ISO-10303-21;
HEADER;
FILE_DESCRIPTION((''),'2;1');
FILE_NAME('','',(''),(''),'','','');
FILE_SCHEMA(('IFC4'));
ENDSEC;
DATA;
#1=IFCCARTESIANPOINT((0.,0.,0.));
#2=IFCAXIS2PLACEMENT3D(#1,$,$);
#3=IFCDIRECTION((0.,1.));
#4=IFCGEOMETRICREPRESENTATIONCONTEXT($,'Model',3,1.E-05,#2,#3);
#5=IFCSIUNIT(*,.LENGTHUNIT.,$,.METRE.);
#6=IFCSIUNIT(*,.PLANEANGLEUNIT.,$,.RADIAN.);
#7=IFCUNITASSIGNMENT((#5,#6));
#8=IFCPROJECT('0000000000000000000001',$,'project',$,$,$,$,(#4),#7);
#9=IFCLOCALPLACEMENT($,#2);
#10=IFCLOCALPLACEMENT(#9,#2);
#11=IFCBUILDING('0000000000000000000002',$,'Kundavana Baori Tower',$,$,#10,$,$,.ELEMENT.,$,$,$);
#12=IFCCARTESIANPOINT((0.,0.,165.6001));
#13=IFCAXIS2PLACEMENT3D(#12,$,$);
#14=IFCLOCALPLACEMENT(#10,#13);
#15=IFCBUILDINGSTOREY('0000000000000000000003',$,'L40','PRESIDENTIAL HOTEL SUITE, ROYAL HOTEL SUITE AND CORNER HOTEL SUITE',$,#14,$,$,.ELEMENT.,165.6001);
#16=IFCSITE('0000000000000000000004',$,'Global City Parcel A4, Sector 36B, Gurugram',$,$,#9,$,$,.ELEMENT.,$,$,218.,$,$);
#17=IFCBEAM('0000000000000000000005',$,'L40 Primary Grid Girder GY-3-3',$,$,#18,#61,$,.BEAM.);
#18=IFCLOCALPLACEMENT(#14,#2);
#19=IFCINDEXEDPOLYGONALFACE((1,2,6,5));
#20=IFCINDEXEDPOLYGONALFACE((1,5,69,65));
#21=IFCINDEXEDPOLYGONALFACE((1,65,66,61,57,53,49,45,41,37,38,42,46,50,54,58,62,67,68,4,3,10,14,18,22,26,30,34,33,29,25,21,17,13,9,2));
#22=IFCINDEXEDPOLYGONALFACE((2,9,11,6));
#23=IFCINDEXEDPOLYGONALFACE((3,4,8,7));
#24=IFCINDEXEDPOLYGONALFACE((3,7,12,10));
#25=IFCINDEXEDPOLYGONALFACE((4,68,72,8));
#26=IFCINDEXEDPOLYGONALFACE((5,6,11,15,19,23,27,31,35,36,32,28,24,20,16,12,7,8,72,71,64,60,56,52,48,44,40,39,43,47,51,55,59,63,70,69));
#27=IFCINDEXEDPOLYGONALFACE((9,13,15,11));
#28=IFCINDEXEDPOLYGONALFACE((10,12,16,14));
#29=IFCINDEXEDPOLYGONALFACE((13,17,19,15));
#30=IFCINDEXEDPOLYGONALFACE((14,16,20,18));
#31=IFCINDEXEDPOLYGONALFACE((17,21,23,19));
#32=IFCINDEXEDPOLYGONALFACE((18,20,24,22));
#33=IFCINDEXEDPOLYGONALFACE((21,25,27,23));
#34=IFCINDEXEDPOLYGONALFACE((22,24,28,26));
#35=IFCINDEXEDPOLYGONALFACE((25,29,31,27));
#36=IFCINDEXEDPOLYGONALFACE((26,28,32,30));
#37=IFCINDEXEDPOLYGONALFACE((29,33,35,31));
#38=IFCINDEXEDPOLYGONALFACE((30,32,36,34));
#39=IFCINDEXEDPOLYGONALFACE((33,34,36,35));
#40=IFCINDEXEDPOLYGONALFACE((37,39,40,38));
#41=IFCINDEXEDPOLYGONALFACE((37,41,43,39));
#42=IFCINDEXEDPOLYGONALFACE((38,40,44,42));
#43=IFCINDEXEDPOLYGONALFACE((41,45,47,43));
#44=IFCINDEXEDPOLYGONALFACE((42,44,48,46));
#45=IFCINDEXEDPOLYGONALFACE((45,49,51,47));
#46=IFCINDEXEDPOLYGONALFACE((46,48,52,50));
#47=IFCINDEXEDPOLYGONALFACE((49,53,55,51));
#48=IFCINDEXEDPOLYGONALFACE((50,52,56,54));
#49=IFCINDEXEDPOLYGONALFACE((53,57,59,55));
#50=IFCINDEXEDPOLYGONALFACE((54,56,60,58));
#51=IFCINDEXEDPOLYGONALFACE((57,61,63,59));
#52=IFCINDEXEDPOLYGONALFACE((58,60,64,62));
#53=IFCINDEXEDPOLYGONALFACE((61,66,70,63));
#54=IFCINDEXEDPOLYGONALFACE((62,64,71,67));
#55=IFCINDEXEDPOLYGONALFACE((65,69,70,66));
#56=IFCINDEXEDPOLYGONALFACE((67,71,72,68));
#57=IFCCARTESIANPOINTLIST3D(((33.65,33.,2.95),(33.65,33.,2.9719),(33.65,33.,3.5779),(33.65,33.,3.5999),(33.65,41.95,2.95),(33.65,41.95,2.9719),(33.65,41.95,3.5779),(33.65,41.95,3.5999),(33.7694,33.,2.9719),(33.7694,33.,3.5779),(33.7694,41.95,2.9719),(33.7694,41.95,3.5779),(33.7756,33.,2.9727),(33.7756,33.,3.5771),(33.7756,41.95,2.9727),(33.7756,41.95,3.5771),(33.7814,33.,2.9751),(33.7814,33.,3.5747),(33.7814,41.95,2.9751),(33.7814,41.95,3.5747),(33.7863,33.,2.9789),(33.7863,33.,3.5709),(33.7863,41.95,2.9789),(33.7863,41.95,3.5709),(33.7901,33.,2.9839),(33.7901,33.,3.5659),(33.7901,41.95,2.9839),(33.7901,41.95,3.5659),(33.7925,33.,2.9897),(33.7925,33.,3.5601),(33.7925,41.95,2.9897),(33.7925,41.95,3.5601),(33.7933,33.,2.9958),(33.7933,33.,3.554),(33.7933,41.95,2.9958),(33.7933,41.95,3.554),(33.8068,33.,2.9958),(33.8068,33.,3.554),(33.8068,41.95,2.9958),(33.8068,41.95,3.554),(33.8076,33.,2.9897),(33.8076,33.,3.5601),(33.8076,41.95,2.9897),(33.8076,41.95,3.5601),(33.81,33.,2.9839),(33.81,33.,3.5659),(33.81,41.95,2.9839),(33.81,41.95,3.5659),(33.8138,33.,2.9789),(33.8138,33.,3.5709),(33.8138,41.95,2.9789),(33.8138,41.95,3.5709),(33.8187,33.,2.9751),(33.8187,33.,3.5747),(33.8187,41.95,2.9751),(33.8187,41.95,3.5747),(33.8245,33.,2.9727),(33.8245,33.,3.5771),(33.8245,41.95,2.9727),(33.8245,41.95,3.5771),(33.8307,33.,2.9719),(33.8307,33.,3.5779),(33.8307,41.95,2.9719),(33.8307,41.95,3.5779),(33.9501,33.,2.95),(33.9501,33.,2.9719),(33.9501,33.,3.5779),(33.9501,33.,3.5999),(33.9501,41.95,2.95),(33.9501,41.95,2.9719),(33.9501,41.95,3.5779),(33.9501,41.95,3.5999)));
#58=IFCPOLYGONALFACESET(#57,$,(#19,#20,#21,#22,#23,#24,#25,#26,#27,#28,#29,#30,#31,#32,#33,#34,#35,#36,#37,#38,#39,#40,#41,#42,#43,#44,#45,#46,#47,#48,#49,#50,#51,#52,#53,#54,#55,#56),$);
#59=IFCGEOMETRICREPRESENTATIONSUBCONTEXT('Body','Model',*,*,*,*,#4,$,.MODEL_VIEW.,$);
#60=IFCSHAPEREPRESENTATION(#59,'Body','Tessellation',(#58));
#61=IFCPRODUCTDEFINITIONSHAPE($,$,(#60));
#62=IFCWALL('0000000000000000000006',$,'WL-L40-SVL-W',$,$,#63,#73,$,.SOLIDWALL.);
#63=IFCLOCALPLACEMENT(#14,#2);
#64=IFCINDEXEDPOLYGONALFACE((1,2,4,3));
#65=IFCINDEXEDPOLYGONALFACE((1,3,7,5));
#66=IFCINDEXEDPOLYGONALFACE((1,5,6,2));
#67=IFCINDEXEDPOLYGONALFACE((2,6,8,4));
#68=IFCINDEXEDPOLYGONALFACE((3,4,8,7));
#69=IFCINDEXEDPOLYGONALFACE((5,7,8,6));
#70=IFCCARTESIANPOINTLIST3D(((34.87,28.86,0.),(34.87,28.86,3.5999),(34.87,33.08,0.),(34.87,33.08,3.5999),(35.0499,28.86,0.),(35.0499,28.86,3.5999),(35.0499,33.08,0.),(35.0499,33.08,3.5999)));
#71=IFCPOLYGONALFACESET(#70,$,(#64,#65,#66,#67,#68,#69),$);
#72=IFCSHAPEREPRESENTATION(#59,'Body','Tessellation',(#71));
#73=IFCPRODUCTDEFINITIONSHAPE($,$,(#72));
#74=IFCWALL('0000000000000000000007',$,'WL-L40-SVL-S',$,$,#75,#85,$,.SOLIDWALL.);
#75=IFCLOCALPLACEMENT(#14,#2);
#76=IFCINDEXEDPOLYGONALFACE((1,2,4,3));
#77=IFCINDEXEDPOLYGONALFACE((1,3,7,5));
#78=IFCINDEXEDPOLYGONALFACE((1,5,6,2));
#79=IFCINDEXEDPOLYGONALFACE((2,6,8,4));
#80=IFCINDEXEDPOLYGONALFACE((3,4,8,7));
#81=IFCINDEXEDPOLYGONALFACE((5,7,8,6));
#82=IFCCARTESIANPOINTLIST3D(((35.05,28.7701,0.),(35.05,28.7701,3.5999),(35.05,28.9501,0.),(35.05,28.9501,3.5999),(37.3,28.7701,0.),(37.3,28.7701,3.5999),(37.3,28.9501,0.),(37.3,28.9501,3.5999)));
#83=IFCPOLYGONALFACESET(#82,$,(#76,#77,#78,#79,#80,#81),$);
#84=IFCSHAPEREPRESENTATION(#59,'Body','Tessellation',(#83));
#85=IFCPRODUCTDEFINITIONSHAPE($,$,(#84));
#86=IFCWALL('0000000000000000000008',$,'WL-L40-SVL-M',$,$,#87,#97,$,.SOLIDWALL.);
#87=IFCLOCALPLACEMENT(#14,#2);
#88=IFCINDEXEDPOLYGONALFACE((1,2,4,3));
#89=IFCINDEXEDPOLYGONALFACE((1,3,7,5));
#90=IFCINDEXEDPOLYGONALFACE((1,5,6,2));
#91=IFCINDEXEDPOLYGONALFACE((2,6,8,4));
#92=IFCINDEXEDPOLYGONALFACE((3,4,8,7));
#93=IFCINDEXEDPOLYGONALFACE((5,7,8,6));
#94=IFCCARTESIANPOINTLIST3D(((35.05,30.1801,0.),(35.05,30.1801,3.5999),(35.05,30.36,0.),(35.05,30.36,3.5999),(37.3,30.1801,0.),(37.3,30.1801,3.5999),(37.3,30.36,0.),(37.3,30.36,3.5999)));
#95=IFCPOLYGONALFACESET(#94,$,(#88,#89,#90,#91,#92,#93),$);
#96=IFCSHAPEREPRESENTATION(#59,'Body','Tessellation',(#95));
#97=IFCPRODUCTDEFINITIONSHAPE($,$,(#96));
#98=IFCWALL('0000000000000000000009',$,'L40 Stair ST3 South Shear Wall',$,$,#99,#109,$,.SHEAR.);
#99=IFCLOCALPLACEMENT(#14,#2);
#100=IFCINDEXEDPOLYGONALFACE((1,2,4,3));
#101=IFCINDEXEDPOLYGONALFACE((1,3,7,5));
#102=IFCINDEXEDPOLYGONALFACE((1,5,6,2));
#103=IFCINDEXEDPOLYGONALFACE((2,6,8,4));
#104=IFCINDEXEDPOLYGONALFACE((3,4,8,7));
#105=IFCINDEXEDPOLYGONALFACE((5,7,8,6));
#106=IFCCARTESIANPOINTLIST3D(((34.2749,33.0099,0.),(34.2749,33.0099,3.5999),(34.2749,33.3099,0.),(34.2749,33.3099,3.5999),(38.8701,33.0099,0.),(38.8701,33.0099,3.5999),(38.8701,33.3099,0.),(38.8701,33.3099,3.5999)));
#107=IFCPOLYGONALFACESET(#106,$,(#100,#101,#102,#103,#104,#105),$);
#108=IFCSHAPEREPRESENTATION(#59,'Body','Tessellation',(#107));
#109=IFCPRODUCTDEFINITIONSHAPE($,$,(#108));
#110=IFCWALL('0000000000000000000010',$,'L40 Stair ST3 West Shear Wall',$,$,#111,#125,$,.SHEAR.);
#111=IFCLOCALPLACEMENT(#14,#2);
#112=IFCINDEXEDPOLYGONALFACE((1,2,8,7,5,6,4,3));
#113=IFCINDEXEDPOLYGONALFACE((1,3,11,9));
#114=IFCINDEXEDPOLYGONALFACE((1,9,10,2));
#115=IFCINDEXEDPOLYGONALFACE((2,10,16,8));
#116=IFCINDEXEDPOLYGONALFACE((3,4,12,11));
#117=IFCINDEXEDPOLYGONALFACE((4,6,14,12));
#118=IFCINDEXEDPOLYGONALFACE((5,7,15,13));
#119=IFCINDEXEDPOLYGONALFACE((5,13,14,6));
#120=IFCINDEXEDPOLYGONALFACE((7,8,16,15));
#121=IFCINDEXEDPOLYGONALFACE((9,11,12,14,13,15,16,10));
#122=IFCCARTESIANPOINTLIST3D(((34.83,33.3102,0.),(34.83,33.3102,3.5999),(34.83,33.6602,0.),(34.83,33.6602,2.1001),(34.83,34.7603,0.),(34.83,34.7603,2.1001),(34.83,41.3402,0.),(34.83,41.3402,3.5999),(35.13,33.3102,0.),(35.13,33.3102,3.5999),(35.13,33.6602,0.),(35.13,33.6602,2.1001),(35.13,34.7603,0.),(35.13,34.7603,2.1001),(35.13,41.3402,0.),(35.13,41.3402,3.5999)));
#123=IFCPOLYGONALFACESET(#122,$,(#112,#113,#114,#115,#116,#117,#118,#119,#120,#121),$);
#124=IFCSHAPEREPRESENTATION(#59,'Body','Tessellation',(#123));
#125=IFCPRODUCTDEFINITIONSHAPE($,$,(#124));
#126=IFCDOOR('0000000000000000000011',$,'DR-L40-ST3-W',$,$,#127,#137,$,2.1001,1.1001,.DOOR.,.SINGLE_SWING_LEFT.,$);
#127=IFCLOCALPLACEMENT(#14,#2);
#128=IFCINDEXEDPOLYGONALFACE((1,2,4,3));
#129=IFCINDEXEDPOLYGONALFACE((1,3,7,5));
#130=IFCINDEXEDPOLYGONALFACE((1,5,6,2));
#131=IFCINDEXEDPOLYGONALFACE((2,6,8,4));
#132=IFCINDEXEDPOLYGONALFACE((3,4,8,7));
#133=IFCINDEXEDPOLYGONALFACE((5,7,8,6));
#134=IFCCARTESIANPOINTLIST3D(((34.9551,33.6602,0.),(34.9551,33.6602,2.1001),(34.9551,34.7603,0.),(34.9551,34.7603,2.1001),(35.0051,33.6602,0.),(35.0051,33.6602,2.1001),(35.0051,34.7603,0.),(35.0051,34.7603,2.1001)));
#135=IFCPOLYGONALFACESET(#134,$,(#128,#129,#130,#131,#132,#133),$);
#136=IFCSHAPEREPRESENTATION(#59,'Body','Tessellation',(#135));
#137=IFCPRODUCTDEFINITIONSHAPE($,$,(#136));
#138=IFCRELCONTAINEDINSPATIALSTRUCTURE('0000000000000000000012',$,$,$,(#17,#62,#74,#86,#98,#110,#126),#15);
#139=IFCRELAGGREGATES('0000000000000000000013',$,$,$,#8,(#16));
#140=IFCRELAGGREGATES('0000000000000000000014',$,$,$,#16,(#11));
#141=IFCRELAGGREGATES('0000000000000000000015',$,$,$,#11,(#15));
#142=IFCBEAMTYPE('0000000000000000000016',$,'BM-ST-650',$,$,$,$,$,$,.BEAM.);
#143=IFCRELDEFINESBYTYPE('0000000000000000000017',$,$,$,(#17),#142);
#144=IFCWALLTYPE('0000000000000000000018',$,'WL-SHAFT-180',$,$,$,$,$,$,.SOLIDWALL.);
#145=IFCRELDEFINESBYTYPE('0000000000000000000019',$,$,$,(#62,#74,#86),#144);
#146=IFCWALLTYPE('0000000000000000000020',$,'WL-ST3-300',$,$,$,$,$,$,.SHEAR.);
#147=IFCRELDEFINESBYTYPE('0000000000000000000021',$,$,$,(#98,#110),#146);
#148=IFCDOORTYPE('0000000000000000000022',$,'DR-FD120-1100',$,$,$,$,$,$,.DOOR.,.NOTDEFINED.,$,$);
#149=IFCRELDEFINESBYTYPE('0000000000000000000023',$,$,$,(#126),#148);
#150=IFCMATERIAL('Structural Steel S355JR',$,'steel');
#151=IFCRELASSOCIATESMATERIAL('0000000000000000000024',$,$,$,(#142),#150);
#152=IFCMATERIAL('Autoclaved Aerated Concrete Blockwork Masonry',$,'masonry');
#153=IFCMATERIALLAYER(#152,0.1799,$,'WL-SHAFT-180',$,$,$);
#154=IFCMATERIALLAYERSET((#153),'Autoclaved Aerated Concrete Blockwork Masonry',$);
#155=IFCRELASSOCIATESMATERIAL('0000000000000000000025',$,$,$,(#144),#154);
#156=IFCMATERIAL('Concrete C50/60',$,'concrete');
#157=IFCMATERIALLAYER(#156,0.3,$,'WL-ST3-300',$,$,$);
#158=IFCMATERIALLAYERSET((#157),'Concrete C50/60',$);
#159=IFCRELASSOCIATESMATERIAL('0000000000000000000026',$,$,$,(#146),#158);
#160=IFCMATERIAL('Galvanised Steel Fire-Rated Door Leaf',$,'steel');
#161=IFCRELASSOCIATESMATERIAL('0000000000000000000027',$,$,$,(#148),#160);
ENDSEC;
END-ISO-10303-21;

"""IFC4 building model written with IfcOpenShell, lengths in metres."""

from ifc_helpers import new_model, si_unit, direction, frame, frame_2d, origin, origin_2d, place, context, subcontext, project, spatial, rectangle, i_section, extrude, material, layer, layer_set, material_profile, profile_set, type_object, element, fill, save


model = new_model("IFC4")

# Units and contexts
model_context = context("Model", 3, precision=1e-05, world=origin(), true_north=direction((0.0, 1.0)))
body_context = subcontext(model_context, "Body", "Model", "MODEL_VIEW")
ifc_project = project(units=[si_unit("LENGTHUNIT", "METRE"), si_unit("PLANEANGLEUNIT", "RADIAN")], contexts=[model_context])

# Site, building, storey
site_placement = place(None, origin())
site = spatial("IfcSite", under=ifc_project, at=site_placement, Name="Global City Parcel A4, Sector 36B, Gurugram", CompositionType="ELEMENT", RefElevation=218.0)
building_placement = place(site_placement, origin())
building = spatial("IfcBuilding", under=site, at=building_placement, Name="Kundavana Baori Tower", CompositionType="ELEMENT")
storey_placement = place(building_placement, frame((0.0, 0.0, 165.6001)))
storey = spatial("IfcBuildingStorey", under=building, at=storey_placement, Name="L40", Description="PRESIDENTIAL HOTEL SUITE, ROYAL HOTEL SUITE AND CORNER HOTEL SUITE", CompositionType="ELEMENT", Elevation=165.6001)

# Beam
ifc_material_1 = material(Name="Structural Steel S355JR", Category="steel")
ifc_material_profile_1 = material_profile(ifc_material_1, i_section(OverallWidth=0.3, OverallDepth=0.6499, WebThickness=0.0134, FlangeThickness=0.022, FilletRadius=0.0239, at=origin_2d()), Name="NPB 650x300x155")
ifc_profile_set_1 = profile_set([ifc_material_profile_1], Name="Structural Steel S355JR")
beam_type_1 = type_object("IfcBeamType", Name="BM-ST-650", PredefinedType="BEAM", material=ifc_profile_set_1)
beam_1_placement = place(storey_placement, frame((33.8, 33.0, 3.2749), z_axis=(0.0, 1.0, 0.0), x_axis=(-1.0, 0.0, 0.0)))
element("IfcBeam", 1, at=beam_1_placement, inside=storey, type_object=beam_type_1, Name="L40 Primary Grid Girder GY-3-3", PredefinedType="BEAM", context=body_context, shape_type="SweptSolid", body=[
    extrude(i_section(OverallWidth=0.3, OverallDepth=0.6499, WebThickness=0.0134, FlangeThickness=0.022, FilletRadius=0.0239, at=origin_2d()), origin(), (0.0, 0.0, 1.0), 8.95),
])

# Walls
ifc_material_2 = material(Name="Autoclaved Aerated Concrete Blockwork Masonry", Category="masonry")
ifc_layer_1 = layer(ifc_material_2, 0.1799, Name="WL-SHAFT-180")
ifc_layer_set_1 = layer_set([ifc_layer_1], Name="Autoclaved Aerated Concrete Blockwork Masonry")
wall_type_1 = type_object("IfcWallType", Name="WL-SHAFT-180", PredefinedType="SOLIDWALL", material=ifc_layer_set_1)
wall_1_placement = place(storey_placement, frame((34.96, 28.8601, 0.0), z_axis=(0.0, 0.0, 1.0), x_axis=(0.0, 1.0, 0.0)))
element("IfcWall", 2, at=wall_1_placement, inside=storey, type_object=wall_type_1, Name="WL-L40-SVL-W", PredefinedType="SOLIDWALL", context=body_context, shape_type="SweptSolid", body=[
    extrude(rectangle(XDim=4.22, YDim=0.1799, at=frame_2d((2.1099, 0.0))), origin(), (0.0, 0.0, 1.0), 3.5999),
])
for number, where, z_axis, x_axis, name in (
    (3, (35.05, 28.8601, 0.0), (0.0, 0.0, 1.0), (1.0, 0.0, 0.0), "WL-L40-SVL-S"),
    (4, (35.05, 30.27, 0.0), (0.0, 0.0, 1.0), (1.0, 0.0, 0.0), "WL-L40-SVL-M"),
):
    element("IfcWall", number, at=place(storey_placement, frame(where, z_axis=z_axis, x_axis=x_axis)), inside=storey, type_object=wall_type_1, Name=name, PredefinedType="SOLIDWALL", context=body_context, shape_type="SweptSolid", body=[
        extrude(rectangle(XDim=2.25, YDim=0.1799, at=frame_2d((1.125, 0.0))), origin(), (0.0, 0.0, 1.0), 3.5999),
    ])
ifc_material_3 = material(Name="Concrete C50/60", Category="concrete")
ifc_layer_2 = layer(ifc_material_3, 0.3, Name="WL-ST3-300")
ifc_layer_set_2 = layer_set([ifc_layer_2], Name="Concrete C50/60")
wall_type_2 = type_object("IfcWallType", Name="WL-ST3-300", PredefinedType="SHEAR", material=ifc_layer_set_2)
wall_2_placement = place(storey_placement, frame((34.2749, 33.1599, 0.0), z_axis=(0.0, 0.0, 1.0), x_axis=(1.0, 0.0, 0.0)))
element("IfcWall", 5, at=wall_2_placement, inside=storey, type_object=wall_type_2, Name="L40 Stair ST3 South Shear Wall", PredefinedType="SHEAR", context=body_context, shape_type="SweptSolid", body=[
    extrude(rectangle(XDim=4.5952, YDim=0.3, at=frame_2d((2.2976, 0.0))), origin(), (0.0, 0.0, 1.0), 3.5999),
])

# Wall, opening, door
wall_3_placement = place(storey_placement, frame((34.98, 33.3101, 0.0), z_axis=(0.0, 0.0, 1.0), x_axis=(0.0, 1.0, 0.0)))
wall_3 = element("IfcWall", 6, at=wall_3_placement, inside=storey, type_object=wall_type_2, Name="L40 Stair ST3 West Shear Wall", PredefinedType="SHEAR", context=body_context, shape_type="SweptSolid", body=[
    extrude(rectangle(XDim=8.03, YDim=0.3, at=frame_2d((4.0151, 0.0))), origin(), (0.0, 0.0, 1.0), 3.5999),
])
opening_1_placement = place(wall_3_placement, frame((0.3501, 0.0, 0.0)))
opening_1 = element("IfcOpeningElement", 7, at=opening_1_placement, cuts=wall_3, PredefinedType="OPENING", context=body_context, shape_type="SweptSolid", body=[
    extrude(rectangle(XDim=1.1001, YDim=2.1001, at=frame_2d((0.55, 1.05))), frame((0.0, 0.1602, 0.0), z_axis=(0.0, -1.0, 0.0), x_axis=(1.0, 0.0, 0.0)), (0.0, 0.0, 1.0), 0.3201),
])
ifc_material_4 = material(Name="Galvanised Steel Fire-Rated Door Leaf", Category="steel")
door_type_1 = type_object("IfcDoorType", Name="DR-FD120-1100", OperationType="NOTDEFINED", PredefinedType="DOOR", material=ifc_material_4)
door_1_placement = place(opening_1_placement, origin())
door_1 = element("IfcDoor", 8, at=door_1_placement, inside=storey, type_object=door_type_1, Name="DR-L40-ST3-W", OperationType="SINGLE_SWING_LEFT", OverallHeight=2.1001, OverallWidth=1.1001, PredefinedType="DOOR", context=body_context, shape_type="SweptSolid", body=[
    extrude(rectangle(XDim=1.1001, YDim=2.1001, at=frame_2d((0.55, 1.05))), frame((0.0, 0.0249, 0.0), z_axis=(0.0, -1.0, 0.0), x_axis=(1.0, 0.0, 0.0)), (0.0, 0.0, 1.0), 0.05),
])
fill(opening_1, door_1)

save(model, "model.ifc")
